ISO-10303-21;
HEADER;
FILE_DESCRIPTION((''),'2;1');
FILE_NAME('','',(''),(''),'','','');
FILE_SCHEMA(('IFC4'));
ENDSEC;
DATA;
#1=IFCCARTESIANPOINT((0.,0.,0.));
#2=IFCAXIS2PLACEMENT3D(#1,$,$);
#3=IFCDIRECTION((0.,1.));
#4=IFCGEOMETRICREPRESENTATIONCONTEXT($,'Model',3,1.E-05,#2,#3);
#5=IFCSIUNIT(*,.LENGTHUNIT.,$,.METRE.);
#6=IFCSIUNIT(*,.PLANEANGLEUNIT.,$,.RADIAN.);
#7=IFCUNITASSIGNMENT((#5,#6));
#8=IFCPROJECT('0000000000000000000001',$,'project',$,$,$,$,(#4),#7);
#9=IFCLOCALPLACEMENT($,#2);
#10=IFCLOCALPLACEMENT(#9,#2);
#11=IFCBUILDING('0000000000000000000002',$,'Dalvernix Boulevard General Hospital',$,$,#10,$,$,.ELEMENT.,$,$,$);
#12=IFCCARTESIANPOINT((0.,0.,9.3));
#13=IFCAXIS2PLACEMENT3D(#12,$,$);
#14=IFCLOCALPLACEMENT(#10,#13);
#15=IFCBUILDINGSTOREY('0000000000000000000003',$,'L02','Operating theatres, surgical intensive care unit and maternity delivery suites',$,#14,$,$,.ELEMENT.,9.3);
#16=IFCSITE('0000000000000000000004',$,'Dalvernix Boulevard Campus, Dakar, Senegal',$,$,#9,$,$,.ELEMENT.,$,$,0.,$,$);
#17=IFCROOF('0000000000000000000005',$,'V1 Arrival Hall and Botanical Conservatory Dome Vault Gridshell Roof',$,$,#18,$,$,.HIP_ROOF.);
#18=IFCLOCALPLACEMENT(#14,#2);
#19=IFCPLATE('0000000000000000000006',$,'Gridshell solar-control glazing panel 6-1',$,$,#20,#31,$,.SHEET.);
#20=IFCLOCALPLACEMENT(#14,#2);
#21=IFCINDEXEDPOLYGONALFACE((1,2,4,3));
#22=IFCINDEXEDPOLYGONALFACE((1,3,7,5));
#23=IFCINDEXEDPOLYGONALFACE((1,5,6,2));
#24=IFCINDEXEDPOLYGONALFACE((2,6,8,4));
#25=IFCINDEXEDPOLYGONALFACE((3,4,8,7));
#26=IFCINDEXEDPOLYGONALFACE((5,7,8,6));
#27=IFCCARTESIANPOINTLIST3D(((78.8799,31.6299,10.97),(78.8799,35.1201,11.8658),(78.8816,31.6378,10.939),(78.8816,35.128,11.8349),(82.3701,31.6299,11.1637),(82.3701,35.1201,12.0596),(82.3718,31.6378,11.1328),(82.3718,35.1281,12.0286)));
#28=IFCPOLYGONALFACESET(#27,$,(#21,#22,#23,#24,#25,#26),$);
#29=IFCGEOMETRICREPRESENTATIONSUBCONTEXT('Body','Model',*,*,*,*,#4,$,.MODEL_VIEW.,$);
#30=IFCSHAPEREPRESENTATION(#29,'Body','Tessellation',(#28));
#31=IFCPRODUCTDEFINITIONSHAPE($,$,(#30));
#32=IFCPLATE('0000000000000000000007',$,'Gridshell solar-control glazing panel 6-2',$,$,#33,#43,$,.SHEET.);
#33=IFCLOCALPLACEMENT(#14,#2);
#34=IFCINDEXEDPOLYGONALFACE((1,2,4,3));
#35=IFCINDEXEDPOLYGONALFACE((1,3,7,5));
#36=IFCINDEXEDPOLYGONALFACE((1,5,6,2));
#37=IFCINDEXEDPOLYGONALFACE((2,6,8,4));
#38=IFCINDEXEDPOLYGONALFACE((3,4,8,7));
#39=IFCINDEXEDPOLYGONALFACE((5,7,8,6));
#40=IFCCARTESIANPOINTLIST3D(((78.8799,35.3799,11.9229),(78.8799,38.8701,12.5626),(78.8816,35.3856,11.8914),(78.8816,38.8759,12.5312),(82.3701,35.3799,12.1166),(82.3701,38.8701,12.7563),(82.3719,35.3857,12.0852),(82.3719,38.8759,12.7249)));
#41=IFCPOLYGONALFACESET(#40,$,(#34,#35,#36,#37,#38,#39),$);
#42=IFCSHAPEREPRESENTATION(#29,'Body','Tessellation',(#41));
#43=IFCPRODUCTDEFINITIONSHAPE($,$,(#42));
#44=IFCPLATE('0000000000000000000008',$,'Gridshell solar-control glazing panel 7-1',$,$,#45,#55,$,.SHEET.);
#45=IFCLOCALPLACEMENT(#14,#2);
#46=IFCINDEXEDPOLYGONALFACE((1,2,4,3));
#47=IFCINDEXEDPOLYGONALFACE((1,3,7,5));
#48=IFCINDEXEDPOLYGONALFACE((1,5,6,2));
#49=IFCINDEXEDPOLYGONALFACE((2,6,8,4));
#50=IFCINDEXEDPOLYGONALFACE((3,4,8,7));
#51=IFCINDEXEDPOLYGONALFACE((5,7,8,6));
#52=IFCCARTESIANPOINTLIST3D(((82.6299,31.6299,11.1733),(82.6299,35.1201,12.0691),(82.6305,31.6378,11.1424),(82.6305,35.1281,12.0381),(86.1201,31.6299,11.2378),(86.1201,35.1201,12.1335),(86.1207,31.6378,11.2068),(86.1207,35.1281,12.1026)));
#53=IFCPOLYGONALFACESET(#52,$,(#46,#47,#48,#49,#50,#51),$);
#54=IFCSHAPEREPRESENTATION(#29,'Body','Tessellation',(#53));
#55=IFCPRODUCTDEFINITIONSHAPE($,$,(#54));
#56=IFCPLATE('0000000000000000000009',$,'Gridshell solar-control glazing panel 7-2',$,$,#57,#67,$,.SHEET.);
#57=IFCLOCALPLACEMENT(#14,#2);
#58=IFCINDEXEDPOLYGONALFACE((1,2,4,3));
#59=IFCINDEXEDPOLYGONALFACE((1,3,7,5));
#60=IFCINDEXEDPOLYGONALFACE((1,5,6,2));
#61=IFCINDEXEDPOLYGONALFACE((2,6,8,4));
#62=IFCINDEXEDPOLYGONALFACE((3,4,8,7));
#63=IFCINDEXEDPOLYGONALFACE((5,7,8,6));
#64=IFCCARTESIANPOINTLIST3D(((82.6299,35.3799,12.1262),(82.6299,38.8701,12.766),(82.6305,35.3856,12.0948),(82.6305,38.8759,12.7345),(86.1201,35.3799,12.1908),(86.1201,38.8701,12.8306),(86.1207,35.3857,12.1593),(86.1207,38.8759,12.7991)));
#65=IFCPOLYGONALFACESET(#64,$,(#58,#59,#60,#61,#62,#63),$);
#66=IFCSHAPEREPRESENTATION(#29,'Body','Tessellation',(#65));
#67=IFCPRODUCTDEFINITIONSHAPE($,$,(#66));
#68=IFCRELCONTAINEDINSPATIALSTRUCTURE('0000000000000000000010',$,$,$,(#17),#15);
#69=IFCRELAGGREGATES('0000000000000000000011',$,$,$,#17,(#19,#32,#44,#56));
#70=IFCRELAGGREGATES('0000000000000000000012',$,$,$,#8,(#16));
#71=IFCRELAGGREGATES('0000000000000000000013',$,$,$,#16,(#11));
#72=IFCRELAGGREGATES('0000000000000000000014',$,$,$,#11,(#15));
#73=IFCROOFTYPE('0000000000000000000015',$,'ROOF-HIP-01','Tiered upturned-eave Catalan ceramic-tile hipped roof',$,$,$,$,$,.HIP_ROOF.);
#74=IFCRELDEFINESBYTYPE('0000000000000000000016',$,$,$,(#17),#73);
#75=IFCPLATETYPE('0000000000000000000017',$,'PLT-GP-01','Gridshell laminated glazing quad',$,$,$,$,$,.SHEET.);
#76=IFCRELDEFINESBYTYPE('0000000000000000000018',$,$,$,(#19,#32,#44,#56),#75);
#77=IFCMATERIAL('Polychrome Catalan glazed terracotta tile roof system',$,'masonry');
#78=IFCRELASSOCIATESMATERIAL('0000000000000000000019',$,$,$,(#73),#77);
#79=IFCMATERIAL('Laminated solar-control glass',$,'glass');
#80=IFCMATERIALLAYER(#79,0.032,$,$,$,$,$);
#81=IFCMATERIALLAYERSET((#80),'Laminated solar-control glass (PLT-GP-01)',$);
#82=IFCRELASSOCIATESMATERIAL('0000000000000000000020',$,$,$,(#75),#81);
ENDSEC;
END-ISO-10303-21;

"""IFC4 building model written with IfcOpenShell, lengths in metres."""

from ifc_helpers import new_model, si_unit, direction, frame, origin, place, context, subcontext, project, spatial, polyline, outline, extrude, material, layer, layer_set, type_object, element, aggregate, save


model = new_model("IFC4")

# Units and contexts
model_context = context("Model", 3, precision=1e-05, world=origin(), true_north=direction((0.0, 1.0)))
body_context = subcontext(model_context, "Body", "Model", "MODEL_VIEW")
ifc_project = project(units=[si_unit("LENGTHUNIT", "METRE"), si_unit("PLANEANGLEUNIT", "RADIAN")], contexts=[model_context])

# Site, building, storey
site_placement = place(None, origin())
site = spatial("IfcSite", under=ifc_project, at=site_placement, Name="Dalvernix Boulevard Campus, Dakar, Senegal", CompositionType="ELEMENT", RefElevation=0.0)
building_placement = place(site_placement, origin())
building = spatial("IfcBuilding", under=site, at=building_placement, Name="Dalvernix Boulevard General Hospital", CompositionType="ELEMENT")
storey_placement = place(building_placement, frame((0.0, 0.0, 9.3)))
storey = spatial("IfcBuildingStorey", under=building, at=storey_placement, Name="L02", Description="Operating theatres, surgical intensive care unit and maternity delivery suites", CompositionType="ELEMENT", Elevation=9.3)

# Roof, plates
ifc_material_1 = material(Name="Polychrome Catalan glazed terracotta tile roof system", Category="masonry")
roof_type = type_object("IfcRoofType", Name="ROOF-HIP-01", Description="Tiered upturned-eave Catalan ceramic-tile hipped roof", PredefinedType="HIP_ROOF", material=ifc_material_1)
roof_placement = place(storey_placement, origin())
roof = element("IfcRoof", 1, at=roof_placement, inside=storey, type_object=roof_type, Name="V1 Arrival Hall and Botanical Conservatory Dome Vault Gridshell Roof", PredefinedType="HIP_ROOF")
ifc_material_2 = material(Name="Laminated solar-control glass", Category="glass")
ifc_layer = layer(ifc_material_2, 0.032)
ifc_layer_set = layer_set([ifc_layer], Name="Laminated solar-control glass (PLT-GP-01)")
plate_type = type_object("IfcPlateType", Name="PLT-GP-01", Description="Gridshell laminated glazing quad", PredefinedType="SHEET", material=ifc_layer_set)
plate_1_placement = place(storey_placement, frame((78.8799, 31.6299, 10.97), z_axis=(-0.053685, -0.248262, 0.967204), x_axis=(0.998463, -0.000008, 0.055418)))
plate_1 = element("IfcPlate", 2, at=plate_1_placement, type_object=plate_type, Name="Gridshell solar-control glazing panel 6-1", PredefinedType="SHEET", context=body_context, shape_type="SweptSolid", body=[
    extrude(outline(polyline([(0.0, 0.0), (3.4956, 0.0), (3.5452, 3.6031), (0.0496, 3.603), (0.0, 0.0)])), origin(), (0.0, 0.0, -1.0), 0.032),
])
plate_2_placement = place(storey_placement, frame((78.8799, 35.3799, 11.9229), z_axis=(-0.054514, -0.180031, 0.982149), x_axis=(0.998463, 0.000006, 0.055421)))
plate_2 = element("IfcPlate", 3, at=plate_2_placement, type_object=plate_type, Name="Gridshell solar-control glazing panel 6-2", PredefinedType="SHEET", context=body_context, shape_type="SweptSolid", body=[
    extrude(outline(polyline([(0.0, 0.0), (3.4956, 0.0), (3.5311, 3.5482), (0.0355, 3.5482), (0.0, 0.0)])), origin(), (0.0, 0.0, -1.0), 0.032),
])
plate_3_placement = place(storey_placement, frame((82.6299, 31.6299, 11.1733), z_axis=(-0.017884, -0.248549, 0.968454), x_axis=(0.99983, 0.0, 0.018464)))
plate_3 = element("IfcPlate", 4, at=plate_3_placement, type_object=plate_type, Name="Gridshell solar-control glazing panel 7-1", PredefinedType="SHEET", context=body_context, shape_type="SweptSolid", body=[
    extrude(outline(polyline([(0.0, 0.0), (3.4908, 0.0), (3.5074, 3.6033), (0.0165, 3.6033), (0.0, 0.0)])), origin(), (0.0, 0.0, -1.0), 0.032),
])
plate_4_placement = place(storey_placement, frame((82.6299, 35.3799, 12.1262), z_axis=(-0.018195, -0.180269, 0.983449), x_axis=(0.999829, 0.000006, 0.0185)))
plate_4 = element("IfcPlate", 5, at=plate_4_placement, type_object=plate_type, Name="Gridshell solar-control glazing panel 7-2", PredefinedType="SHEET", context=body_context, shape_type="SweptSolid", body=[
    extrude(outline(polyline([(0.0, 0.0), (3.4908, 0.0), (3.5027, 3.5483), (0.0119, 3.5484), (0.0, 0.0)])), origin(), (0.0, 0.0, -1.0), 0.032),
])
aggregate(roof, [plate_1, plate_2, plate_3, plate_4])

save(model, "model.ifc")
